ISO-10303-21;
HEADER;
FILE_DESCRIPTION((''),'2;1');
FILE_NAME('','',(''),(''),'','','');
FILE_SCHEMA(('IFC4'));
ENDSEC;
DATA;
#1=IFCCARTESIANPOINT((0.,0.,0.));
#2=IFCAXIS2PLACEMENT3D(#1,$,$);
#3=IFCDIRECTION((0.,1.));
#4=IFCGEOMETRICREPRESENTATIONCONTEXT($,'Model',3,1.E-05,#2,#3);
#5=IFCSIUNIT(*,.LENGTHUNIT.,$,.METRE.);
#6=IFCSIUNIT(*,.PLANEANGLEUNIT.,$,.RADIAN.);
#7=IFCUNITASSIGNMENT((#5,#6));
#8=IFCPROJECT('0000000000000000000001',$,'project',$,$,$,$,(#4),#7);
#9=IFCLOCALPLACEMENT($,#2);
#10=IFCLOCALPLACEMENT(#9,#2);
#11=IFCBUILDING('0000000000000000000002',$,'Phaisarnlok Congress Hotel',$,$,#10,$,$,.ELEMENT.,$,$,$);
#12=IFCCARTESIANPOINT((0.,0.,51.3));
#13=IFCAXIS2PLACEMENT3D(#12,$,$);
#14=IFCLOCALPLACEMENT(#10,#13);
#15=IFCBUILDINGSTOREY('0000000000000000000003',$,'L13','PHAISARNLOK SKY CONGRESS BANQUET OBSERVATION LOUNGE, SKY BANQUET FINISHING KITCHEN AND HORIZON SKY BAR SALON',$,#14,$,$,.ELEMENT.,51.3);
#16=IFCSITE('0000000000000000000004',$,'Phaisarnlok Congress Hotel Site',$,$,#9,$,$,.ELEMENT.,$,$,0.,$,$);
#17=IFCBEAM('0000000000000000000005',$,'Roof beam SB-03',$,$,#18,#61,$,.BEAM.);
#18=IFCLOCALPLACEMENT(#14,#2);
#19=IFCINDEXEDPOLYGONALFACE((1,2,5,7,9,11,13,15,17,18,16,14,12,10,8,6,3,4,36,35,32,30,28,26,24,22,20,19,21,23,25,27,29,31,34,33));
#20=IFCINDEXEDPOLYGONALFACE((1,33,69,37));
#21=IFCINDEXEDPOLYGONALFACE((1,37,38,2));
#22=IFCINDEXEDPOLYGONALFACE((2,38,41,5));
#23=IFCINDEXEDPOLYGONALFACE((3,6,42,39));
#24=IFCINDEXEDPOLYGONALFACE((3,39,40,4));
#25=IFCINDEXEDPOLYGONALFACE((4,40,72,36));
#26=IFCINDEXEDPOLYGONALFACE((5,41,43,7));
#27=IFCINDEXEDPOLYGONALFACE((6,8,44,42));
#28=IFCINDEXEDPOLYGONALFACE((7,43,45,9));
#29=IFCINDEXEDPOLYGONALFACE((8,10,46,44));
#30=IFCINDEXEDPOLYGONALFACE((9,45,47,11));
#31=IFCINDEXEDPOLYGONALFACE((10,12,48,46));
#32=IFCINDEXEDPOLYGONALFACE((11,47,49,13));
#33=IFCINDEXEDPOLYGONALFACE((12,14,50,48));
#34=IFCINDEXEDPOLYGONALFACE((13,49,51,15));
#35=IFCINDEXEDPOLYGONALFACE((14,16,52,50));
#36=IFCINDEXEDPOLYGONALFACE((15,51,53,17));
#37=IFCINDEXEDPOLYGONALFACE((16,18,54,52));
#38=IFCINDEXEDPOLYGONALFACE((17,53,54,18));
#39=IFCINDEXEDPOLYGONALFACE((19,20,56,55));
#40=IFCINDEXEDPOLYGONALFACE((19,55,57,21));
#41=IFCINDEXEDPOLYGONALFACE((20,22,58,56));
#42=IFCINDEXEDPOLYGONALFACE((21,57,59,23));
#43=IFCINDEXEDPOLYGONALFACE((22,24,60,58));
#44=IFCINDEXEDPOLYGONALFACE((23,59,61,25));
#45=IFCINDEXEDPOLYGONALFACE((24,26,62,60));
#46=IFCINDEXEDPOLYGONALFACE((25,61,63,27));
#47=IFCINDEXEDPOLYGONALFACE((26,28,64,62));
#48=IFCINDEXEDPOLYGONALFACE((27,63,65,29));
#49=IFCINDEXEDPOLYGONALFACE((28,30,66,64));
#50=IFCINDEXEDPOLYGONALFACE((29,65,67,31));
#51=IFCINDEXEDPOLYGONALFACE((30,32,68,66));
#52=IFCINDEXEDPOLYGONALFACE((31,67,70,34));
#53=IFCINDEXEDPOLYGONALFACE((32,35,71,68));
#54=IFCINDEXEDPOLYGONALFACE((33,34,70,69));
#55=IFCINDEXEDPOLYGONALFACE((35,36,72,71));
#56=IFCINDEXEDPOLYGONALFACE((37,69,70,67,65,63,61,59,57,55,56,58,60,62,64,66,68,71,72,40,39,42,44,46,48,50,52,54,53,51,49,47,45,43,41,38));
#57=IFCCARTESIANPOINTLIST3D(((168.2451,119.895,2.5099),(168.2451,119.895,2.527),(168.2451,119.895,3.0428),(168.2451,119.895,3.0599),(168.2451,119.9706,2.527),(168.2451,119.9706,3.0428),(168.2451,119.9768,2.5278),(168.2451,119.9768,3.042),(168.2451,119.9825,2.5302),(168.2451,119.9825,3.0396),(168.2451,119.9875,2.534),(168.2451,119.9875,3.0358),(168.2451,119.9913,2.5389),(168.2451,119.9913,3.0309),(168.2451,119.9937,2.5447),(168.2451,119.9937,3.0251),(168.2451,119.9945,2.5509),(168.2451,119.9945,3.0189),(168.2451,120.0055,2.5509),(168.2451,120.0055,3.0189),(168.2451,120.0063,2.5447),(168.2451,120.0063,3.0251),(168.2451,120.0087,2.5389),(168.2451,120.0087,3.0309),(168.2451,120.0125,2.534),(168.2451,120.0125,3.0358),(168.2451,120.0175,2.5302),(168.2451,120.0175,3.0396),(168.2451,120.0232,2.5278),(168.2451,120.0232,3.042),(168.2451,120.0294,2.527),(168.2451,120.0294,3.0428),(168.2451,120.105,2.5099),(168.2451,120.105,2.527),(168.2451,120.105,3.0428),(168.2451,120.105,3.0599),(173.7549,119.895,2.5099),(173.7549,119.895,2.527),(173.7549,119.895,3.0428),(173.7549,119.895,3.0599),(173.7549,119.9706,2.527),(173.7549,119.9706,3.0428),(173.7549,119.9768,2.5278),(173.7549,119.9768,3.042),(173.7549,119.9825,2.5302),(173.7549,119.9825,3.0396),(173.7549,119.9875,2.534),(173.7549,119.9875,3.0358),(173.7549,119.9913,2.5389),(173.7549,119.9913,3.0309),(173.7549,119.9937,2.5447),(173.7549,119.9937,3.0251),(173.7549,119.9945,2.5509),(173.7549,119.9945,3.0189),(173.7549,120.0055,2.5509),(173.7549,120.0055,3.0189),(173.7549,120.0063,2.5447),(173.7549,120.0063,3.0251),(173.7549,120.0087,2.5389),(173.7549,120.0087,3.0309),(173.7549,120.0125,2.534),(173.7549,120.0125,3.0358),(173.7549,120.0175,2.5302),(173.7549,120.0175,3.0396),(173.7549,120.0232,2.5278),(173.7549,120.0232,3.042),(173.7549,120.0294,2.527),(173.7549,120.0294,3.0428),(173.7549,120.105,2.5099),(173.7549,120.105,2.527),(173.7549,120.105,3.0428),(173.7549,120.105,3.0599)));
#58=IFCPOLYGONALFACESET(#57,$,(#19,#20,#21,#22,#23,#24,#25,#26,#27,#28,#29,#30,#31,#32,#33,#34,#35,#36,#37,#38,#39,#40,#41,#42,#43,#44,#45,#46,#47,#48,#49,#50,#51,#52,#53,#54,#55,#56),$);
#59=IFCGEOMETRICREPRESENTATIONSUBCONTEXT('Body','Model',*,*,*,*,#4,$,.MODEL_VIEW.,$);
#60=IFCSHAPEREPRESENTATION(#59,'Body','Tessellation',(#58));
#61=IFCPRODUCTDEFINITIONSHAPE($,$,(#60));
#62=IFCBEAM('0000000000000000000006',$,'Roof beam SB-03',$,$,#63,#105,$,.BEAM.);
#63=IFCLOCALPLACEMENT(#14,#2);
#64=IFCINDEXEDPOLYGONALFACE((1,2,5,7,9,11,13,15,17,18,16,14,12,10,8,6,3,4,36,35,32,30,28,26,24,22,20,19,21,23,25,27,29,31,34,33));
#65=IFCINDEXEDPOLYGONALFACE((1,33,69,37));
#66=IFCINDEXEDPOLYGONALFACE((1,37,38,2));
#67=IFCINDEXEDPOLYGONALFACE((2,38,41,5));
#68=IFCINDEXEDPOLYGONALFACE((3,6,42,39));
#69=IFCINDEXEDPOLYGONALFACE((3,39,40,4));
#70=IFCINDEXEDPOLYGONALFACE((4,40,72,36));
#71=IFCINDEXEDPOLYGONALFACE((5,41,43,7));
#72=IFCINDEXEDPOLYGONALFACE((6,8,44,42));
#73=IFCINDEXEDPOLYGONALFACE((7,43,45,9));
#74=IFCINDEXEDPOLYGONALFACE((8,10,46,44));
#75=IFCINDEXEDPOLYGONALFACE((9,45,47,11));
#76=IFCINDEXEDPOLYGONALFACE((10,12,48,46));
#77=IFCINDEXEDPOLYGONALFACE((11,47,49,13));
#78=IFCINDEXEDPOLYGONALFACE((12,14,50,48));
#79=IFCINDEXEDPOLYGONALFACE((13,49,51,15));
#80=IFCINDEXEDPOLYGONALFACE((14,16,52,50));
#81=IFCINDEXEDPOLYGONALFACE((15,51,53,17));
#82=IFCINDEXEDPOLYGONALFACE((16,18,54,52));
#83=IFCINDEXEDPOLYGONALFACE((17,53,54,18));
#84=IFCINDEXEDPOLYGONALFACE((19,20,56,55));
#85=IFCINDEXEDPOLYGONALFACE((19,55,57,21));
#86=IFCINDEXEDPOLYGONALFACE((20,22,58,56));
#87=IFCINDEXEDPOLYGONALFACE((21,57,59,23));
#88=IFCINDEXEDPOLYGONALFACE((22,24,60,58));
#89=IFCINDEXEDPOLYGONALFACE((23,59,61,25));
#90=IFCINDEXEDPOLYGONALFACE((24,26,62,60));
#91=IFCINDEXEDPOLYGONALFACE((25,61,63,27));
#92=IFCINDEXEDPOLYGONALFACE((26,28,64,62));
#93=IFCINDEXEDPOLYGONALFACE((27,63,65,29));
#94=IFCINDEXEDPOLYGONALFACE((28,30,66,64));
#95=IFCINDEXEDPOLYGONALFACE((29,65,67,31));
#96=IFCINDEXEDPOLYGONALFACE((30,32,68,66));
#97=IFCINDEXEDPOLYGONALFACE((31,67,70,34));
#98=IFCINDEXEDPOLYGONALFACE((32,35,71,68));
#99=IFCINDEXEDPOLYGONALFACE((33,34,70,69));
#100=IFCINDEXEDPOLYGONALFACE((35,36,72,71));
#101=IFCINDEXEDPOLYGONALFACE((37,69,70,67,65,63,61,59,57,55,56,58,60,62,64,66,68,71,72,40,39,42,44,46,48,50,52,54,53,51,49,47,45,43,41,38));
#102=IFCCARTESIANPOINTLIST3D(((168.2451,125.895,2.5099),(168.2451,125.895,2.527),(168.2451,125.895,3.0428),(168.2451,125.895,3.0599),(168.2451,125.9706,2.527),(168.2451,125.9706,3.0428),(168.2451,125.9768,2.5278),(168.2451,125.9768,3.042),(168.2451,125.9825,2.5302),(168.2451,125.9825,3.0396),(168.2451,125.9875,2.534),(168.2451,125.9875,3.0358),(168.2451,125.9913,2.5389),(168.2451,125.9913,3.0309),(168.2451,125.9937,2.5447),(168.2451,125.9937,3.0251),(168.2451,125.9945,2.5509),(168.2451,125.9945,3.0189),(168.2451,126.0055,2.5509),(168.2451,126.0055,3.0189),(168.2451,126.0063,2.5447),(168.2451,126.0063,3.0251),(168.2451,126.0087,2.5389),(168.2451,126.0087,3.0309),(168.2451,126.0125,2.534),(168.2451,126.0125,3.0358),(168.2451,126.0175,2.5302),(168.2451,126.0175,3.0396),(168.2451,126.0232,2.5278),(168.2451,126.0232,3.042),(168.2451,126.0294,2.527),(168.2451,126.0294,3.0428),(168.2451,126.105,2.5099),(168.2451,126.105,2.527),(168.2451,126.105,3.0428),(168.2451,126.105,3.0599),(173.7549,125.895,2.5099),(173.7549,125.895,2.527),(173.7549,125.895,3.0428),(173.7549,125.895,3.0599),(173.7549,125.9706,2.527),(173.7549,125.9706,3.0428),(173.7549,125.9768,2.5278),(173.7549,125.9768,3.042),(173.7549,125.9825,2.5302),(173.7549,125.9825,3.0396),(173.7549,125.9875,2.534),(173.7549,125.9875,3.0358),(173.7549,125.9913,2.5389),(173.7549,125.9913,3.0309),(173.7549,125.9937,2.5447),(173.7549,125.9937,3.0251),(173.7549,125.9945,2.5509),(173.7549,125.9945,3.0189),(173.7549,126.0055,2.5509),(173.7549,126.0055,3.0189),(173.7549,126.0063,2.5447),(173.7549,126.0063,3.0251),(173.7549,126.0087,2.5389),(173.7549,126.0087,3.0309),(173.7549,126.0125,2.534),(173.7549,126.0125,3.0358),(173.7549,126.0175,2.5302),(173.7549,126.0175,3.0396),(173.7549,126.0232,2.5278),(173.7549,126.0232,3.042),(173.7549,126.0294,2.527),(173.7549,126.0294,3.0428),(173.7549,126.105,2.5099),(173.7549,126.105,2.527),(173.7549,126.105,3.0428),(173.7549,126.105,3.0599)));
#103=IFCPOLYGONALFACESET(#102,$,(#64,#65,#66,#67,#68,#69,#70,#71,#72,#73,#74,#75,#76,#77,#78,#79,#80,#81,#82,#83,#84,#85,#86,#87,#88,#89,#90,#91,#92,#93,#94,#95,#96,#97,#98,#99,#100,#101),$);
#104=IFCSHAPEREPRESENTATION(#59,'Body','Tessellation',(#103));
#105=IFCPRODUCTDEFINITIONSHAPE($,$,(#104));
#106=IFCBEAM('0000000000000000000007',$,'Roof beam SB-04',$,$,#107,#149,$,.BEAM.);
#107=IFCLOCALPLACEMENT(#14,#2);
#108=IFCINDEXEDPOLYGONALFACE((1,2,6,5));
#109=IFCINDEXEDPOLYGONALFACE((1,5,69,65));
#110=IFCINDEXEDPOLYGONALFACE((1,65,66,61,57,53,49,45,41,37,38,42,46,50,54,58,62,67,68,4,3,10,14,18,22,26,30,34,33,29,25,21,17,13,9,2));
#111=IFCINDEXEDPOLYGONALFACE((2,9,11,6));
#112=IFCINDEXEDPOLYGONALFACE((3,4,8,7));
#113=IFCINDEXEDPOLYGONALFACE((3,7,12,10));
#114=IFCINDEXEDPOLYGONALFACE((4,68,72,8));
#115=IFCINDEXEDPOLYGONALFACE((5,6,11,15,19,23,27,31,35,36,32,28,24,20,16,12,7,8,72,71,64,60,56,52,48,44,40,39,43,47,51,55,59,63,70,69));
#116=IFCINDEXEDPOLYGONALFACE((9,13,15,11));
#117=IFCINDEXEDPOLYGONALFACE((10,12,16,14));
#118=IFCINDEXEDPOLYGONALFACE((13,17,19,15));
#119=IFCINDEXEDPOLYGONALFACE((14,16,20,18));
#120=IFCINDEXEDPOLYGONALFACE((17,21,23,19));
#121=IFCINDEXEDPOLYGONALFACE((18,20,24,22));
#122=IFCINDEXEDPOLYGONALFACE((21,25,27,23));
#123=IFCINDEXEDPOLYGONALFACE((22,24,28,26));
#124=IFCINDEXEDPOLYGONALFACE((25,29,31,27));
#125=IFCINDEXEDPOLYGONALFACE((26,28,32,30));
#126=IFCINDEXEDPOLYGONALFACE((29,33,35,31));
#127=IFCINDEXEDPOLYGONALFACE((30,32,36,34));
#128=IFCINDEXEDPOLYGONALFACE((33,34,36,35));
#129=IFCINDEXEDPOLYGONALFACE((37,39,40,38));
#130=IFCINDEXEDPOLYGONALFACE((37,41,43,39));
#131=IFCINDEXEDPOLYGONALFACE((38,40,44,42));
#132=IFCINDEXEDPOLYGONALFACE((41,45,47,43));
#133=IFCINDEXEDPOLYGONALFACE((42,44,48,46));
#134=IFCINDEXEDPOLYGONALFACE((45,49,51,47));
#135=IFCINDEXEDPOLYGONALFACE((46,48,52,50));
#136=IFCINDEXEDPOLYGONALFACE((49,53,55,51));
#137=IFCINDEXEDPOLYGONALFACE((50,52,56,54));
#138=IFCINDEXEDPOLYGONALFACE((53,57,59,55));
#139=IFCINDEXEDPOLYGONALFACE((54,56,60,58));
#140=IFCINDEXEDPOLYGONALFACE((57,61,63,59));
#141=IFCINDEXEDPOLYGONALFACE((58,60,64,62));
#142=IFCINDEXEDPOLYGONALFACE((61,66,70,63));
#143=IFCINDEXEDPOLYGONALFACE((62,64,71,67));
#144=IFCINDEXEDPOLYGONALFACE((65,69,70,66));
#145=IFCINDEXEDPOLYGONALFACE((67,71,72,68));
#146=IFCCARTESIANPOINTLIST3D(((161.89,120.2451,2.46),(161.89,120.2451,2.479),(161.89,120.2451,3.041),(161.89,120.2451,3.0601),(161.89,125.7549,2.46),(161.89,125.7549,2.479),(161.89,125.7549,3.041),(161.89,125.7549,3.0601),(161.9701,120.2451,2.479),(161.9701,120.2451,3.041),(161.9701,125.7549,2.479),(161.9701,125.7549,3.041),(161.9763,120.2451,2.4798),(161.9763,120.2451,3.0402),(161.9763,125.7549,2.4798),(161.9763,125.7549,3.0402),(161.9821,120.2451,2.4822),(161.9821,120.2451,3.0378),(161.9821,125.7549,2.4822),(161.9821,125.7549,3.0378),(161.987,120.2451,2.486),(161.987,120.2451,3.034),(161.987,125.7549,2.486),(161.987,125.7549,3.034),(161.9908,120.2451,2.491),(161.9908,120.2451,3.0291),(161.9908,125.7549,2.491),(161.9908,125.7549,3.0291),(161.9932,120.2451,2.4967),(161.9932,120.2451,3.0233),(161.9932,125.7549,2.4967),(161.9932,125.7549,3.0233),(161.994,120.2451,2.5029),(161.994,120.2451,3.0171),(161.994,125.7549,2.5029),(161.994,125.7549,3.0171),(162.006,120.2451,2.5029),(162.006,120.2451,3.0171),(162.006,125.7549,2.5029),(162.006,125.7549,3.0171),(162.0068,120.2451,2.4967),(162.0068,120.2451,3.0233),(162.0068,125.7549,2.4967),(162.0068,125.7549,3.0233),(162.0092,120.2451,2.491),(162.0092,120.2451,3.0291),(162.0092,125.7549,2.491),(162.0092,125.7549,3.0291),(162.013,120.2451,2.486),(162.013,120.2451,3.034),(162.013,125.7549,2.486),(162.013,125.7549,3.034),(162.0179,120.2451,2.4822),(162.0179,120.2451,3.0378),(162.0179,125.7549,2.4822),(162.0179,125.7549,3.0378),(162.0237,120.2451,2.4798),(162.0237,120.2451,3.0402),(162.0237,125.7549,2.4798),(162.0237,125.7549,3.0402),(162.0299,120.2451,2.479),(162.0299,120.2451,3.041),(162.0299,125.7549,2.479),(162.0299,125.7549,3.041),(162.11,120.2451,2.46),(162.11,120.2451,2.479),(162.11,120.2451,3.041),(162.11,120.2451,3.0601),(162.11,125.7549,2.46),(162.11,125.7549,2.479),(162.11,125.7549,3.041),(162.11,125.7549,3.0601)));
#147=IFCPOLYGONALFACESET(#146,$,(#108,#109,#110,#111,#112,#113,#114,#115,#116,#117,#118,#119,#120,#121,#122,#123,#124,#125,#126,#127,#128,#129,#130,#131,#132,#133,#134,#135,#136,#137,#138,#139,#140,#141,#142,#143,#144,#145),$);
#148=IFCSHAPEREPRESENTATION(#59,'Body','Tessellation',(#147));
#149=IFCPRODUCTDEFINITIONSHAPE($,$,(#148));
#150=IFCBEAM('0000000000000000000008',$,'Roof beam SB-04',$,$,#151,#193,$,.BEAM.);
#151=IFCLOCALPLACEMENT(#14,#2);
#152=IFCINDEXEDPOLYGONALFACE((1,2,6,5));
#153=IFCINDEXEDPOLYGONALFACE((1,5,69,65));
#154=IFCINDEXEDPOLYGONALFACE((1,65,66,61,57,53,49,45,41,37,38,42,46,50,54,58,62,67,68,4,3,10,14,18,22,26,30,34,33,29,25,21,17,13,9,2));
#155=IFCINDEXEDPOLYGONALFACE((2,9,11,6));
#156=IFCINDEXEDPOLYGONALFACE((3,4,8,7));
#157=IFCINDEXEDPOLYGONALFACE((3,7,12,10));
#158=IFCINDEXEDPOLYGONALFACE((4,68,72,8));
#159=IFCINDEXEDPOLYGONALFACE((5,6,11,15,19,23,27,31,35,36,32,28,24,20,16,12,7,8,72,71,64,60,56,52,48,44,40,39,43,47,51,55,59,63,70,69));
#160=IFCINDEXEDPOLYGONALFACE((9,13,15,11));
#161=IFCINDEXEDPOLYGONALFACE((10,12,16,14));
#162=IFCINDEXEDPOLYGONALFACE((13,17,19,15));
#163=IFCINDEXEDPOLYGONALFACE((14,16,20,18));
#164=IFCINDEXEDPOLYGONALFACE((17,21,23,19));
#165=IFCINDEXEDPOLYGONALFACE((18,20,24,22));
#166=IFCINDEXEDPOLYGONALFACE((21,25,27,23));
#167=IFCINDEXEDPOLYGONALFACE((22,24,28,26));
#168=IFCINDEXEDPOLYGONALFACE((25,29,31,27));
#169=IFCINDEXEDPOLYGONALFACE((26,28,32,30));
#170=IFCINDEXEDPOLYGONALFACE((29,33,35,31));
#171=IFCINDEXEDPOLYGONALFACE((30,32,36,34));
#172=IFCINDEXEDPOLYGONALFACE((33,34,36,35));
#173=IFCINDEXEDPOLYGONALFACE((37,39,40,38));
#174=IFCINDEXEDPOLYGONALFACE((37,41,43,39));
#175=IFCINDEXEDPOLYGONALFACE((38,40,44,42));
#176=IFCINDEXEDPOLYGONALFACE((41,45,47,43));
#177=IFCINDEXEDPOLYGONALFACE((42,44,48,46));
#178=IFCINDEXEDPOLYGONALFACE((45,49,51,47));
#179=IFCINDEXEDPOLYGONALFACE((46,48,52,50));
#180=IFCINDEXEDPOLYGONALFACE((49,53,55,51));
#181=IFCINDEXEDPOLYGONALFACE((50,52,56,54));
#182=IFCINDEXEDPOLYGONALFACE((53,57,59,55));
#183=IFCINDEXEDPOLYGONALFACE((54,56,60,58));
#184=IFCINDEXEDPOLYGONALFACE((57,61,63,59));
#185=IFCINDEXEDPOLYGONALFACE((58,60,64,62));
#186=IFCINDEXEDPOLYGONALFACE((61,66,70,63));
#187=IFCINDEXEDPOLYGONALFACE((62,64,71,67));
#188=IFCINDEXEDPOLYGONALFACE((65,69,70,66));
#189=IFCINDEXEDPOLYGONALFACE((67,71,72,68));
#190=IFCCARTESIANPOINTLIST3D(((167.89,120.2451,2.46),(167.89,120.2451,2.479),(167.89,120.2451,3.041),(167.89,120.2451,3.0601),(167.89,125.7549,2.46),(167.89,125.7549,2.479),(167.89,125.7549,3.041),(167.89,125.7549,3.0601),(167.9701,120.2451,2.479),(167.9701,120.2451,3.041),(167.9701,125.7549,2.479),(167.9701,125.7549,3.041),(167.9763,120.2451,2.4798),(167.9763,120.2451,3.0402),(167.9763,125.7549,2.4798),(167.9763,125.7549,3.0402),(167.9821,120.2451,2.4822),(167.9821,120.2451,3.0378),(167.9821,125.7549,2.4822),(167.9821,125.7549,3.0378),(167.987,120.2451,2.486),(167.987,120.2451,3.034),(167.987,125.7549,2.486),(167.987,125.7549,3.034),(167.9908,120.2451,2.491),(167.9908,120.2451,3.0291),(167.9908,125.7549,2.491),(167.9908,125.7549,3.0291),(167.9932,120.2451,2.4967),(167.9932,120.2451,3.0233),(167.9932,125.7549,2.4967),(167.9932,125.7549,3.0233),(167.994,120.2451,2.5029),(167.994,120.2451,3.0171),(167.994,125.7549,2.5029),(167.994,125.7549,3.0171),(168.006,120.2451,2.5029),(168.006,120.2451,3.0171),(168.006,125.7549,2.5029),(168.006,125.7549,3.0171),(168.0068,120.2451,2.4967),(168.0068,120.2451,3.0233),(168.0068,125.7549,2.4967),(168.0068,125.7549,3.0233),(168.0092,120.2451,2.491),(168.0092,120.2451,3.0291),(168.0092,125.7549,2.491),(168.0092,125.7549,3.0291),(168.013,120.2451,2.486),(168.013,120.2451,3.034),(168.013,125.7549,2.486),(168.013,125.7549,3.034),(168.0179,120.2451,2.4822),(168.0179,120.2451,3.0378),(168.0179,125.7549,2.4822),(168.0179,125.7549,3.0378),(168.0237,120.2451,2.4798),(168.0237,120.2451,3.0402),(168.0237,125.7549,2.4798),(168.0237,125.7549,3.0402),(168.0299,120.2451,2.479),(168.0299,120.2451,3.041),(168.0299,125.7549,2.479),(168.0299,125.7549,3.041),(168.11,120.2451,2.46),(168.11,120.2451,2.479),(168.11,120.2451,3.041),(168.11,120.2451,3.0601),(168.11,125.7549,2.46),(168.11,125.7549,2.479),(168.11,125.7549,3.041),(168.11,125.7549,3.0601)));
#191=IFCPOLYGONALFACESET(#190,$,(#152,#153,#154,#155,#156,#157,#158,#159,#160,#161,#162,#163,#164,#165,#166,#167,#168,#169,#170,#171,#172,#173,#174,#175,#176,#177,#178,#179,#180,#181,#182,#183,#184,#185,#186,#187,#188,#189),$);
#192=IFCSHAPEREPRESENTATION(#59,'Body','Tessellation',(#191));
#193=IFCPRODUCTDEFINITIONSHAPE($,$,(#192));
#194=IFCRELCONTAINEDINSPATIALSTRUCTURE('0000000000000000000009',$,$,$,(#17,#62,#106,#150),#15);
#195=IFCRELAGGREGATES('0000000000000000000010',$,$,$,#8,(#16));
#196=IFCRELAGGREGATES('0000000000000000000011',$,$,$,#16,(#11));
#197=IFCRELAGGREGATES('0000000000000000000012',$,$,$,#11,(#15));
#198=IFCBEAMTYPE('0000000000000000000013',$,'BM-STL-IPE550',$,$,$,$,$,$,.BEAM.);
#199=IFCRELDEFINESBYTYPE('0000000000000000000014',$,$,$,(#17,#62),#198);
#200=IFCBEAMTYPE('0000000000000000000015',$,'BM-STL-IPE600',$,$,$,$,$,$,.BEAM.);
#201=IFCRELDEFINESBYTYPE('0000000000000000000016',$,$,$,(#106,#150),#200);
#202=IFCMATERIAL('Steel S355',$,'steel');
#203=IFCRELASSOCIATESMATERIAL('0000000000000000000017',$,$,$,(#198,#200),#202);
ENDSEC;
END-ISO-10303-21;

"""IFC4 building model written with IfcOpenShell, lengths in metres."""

from ifc_helpers import new_model, si_unit, direction, frame, origin, origin_2d, place, context, subcontext, project, spatial, i_section, extrude, material, material_profile, profile_set, type_object, element, save


model = new_model("IFC4")

# Units and contexts
model_context = context("Model", 3, precision=1e-05, world=origin(), true_north=direction((0.0, 1.0)))
body_context = subcontext(model_context, "Body", "Model", "MODEL_VIEW")
ifc_project = project(units=[si_unit("LENGTHUNIT", "METRE"), si_unit("PLANEANGLEUNIT", "RADIAN")], contexts=[model_context])

# Site, building, storey
site_placement = place(None, origin())
site = spatial("IfcSite", under=ifc_project, at=site_placement, Name="Phaisarnlok Congress Hotel Site", CompositionType="ELEMENT", RefElevation=0.0)
building_placement = place(site_placement, origin())
building = spatial("IfcBuilding", under=site, at=building_placement, Name="Phaisarnlok Congress Hotel", CompositionType="ELEMENT")
storey_placement = place(building_placement, frame((0.0, 0.0, 51.3)))
storey = spatial("IfcBuildingStorey", under=building, at=storey_placement, Name="L13", Description="PHAISARNLOK SKY CONGRESS BANQUET OBSERVATION LOUNGE, SKY BANQUET FINISHING KITCHEN AND HORIZON SKY BAR SALON", CompositionType="ELEMENT", Elevation=51.3)

# Beams
ifc_material_1 = material(Name="Steel S355", Category="steel")
ifc_material_profile_1 = material_profile(ifc_material_1, i_section(OverallWidth=0.21, OverallDepth=0.55, WebThickness=0.011, FlangeThickness=0.0171, FilletRadius=0.0239, at=origin_2d()), Name="IPE 550")
ifc_profile_set_1 = profile_set([ifc_material_profile_1], Name="Steel S355")
beam_type_1 = type_object("IfcBeamType", Name="BM-STL-IPE550", PredefinedType="BEAM", material=ifc_profile_set_1)
for number, where, z_axis, x_axis, name in (
    (1, (168.2451, 120.0, 2.7849), (1.0, 0.0, 0.0), (0.0, 1.0, 0.0), "Roof beam SB-03"),
    (2, (168.2451, 126.0, 2.7849), (1.0, 0.0, 0.0), (0.0, 1.0, 0.0), "Roof beam SB-03"),
):
    element("IfcBeam", number, at=place(storey_placement, frame(where, z_axis=z_axis, x_axis=x_axis)), inside=storey, type_object=beam_type_1, Name=name, PredefinedType="BEAM", context=body_context, shape_type="SweptSolid", body=[
        extrude(i_section(OverallWidth=0.21, OverallDepth=0.55, WebThickness=0.011, FlangeThickness=0.0171, FilletRadius=0.0239, at=origin_2d()), origin(), (0.0, 0.0, 1.0), 5.5098),
    ])
ifc_material_profile_2 = material_profile(ifc_material_1, i_section(OverallWidth=0.22, OverallDepth=0.6001, WebThickness=0.012, FlangeThickness=0.019, FilletRadius=0.0239, at=origin_2d()), Name="IPE 600")
ifc_profile_set_2 = profile_set([ifc_material_profile_2], Name="Steel S355")
beam_type_2 = type_object("IfcBeamType", Name="BM-STL-IPE600", PredefinedType="BEAM", material=ifc_profile_set_2)
for number, where, z_axis, x_axis, name in (
    (3, (162.0, 120.2451, 2.76), (0.0, 1.0, 0.0), (-1.0, 0.0, 0.0), "Roof beam SB-04"),
    (4, (168.0, 120.2451, 2.76), (0.0, 1.0, 0.0), (-1.0, 0.0, 0.0), "Roof beam SB-04"),
):
    element("IfcBeam", number, at=place(storey_placement, frame(where, z_axis=z_axis, x_axis=x_axis)), inside=storey, type_object=beam_type_2, Name=name, PredefinedType="BEAM", context=body_context, shape_type="SweptSolid", body=[
        extrude(i_section(OverallWidth=0.22, OverallDepth=0.6001, WebThickness=0.012, FlangeThickness=0.019, FilletRadius=0.0239, at=origin_2d()), origin(), (0.0, 0.0, 1.0), 5.5098),
    ])

save(model, "model.ifc")
